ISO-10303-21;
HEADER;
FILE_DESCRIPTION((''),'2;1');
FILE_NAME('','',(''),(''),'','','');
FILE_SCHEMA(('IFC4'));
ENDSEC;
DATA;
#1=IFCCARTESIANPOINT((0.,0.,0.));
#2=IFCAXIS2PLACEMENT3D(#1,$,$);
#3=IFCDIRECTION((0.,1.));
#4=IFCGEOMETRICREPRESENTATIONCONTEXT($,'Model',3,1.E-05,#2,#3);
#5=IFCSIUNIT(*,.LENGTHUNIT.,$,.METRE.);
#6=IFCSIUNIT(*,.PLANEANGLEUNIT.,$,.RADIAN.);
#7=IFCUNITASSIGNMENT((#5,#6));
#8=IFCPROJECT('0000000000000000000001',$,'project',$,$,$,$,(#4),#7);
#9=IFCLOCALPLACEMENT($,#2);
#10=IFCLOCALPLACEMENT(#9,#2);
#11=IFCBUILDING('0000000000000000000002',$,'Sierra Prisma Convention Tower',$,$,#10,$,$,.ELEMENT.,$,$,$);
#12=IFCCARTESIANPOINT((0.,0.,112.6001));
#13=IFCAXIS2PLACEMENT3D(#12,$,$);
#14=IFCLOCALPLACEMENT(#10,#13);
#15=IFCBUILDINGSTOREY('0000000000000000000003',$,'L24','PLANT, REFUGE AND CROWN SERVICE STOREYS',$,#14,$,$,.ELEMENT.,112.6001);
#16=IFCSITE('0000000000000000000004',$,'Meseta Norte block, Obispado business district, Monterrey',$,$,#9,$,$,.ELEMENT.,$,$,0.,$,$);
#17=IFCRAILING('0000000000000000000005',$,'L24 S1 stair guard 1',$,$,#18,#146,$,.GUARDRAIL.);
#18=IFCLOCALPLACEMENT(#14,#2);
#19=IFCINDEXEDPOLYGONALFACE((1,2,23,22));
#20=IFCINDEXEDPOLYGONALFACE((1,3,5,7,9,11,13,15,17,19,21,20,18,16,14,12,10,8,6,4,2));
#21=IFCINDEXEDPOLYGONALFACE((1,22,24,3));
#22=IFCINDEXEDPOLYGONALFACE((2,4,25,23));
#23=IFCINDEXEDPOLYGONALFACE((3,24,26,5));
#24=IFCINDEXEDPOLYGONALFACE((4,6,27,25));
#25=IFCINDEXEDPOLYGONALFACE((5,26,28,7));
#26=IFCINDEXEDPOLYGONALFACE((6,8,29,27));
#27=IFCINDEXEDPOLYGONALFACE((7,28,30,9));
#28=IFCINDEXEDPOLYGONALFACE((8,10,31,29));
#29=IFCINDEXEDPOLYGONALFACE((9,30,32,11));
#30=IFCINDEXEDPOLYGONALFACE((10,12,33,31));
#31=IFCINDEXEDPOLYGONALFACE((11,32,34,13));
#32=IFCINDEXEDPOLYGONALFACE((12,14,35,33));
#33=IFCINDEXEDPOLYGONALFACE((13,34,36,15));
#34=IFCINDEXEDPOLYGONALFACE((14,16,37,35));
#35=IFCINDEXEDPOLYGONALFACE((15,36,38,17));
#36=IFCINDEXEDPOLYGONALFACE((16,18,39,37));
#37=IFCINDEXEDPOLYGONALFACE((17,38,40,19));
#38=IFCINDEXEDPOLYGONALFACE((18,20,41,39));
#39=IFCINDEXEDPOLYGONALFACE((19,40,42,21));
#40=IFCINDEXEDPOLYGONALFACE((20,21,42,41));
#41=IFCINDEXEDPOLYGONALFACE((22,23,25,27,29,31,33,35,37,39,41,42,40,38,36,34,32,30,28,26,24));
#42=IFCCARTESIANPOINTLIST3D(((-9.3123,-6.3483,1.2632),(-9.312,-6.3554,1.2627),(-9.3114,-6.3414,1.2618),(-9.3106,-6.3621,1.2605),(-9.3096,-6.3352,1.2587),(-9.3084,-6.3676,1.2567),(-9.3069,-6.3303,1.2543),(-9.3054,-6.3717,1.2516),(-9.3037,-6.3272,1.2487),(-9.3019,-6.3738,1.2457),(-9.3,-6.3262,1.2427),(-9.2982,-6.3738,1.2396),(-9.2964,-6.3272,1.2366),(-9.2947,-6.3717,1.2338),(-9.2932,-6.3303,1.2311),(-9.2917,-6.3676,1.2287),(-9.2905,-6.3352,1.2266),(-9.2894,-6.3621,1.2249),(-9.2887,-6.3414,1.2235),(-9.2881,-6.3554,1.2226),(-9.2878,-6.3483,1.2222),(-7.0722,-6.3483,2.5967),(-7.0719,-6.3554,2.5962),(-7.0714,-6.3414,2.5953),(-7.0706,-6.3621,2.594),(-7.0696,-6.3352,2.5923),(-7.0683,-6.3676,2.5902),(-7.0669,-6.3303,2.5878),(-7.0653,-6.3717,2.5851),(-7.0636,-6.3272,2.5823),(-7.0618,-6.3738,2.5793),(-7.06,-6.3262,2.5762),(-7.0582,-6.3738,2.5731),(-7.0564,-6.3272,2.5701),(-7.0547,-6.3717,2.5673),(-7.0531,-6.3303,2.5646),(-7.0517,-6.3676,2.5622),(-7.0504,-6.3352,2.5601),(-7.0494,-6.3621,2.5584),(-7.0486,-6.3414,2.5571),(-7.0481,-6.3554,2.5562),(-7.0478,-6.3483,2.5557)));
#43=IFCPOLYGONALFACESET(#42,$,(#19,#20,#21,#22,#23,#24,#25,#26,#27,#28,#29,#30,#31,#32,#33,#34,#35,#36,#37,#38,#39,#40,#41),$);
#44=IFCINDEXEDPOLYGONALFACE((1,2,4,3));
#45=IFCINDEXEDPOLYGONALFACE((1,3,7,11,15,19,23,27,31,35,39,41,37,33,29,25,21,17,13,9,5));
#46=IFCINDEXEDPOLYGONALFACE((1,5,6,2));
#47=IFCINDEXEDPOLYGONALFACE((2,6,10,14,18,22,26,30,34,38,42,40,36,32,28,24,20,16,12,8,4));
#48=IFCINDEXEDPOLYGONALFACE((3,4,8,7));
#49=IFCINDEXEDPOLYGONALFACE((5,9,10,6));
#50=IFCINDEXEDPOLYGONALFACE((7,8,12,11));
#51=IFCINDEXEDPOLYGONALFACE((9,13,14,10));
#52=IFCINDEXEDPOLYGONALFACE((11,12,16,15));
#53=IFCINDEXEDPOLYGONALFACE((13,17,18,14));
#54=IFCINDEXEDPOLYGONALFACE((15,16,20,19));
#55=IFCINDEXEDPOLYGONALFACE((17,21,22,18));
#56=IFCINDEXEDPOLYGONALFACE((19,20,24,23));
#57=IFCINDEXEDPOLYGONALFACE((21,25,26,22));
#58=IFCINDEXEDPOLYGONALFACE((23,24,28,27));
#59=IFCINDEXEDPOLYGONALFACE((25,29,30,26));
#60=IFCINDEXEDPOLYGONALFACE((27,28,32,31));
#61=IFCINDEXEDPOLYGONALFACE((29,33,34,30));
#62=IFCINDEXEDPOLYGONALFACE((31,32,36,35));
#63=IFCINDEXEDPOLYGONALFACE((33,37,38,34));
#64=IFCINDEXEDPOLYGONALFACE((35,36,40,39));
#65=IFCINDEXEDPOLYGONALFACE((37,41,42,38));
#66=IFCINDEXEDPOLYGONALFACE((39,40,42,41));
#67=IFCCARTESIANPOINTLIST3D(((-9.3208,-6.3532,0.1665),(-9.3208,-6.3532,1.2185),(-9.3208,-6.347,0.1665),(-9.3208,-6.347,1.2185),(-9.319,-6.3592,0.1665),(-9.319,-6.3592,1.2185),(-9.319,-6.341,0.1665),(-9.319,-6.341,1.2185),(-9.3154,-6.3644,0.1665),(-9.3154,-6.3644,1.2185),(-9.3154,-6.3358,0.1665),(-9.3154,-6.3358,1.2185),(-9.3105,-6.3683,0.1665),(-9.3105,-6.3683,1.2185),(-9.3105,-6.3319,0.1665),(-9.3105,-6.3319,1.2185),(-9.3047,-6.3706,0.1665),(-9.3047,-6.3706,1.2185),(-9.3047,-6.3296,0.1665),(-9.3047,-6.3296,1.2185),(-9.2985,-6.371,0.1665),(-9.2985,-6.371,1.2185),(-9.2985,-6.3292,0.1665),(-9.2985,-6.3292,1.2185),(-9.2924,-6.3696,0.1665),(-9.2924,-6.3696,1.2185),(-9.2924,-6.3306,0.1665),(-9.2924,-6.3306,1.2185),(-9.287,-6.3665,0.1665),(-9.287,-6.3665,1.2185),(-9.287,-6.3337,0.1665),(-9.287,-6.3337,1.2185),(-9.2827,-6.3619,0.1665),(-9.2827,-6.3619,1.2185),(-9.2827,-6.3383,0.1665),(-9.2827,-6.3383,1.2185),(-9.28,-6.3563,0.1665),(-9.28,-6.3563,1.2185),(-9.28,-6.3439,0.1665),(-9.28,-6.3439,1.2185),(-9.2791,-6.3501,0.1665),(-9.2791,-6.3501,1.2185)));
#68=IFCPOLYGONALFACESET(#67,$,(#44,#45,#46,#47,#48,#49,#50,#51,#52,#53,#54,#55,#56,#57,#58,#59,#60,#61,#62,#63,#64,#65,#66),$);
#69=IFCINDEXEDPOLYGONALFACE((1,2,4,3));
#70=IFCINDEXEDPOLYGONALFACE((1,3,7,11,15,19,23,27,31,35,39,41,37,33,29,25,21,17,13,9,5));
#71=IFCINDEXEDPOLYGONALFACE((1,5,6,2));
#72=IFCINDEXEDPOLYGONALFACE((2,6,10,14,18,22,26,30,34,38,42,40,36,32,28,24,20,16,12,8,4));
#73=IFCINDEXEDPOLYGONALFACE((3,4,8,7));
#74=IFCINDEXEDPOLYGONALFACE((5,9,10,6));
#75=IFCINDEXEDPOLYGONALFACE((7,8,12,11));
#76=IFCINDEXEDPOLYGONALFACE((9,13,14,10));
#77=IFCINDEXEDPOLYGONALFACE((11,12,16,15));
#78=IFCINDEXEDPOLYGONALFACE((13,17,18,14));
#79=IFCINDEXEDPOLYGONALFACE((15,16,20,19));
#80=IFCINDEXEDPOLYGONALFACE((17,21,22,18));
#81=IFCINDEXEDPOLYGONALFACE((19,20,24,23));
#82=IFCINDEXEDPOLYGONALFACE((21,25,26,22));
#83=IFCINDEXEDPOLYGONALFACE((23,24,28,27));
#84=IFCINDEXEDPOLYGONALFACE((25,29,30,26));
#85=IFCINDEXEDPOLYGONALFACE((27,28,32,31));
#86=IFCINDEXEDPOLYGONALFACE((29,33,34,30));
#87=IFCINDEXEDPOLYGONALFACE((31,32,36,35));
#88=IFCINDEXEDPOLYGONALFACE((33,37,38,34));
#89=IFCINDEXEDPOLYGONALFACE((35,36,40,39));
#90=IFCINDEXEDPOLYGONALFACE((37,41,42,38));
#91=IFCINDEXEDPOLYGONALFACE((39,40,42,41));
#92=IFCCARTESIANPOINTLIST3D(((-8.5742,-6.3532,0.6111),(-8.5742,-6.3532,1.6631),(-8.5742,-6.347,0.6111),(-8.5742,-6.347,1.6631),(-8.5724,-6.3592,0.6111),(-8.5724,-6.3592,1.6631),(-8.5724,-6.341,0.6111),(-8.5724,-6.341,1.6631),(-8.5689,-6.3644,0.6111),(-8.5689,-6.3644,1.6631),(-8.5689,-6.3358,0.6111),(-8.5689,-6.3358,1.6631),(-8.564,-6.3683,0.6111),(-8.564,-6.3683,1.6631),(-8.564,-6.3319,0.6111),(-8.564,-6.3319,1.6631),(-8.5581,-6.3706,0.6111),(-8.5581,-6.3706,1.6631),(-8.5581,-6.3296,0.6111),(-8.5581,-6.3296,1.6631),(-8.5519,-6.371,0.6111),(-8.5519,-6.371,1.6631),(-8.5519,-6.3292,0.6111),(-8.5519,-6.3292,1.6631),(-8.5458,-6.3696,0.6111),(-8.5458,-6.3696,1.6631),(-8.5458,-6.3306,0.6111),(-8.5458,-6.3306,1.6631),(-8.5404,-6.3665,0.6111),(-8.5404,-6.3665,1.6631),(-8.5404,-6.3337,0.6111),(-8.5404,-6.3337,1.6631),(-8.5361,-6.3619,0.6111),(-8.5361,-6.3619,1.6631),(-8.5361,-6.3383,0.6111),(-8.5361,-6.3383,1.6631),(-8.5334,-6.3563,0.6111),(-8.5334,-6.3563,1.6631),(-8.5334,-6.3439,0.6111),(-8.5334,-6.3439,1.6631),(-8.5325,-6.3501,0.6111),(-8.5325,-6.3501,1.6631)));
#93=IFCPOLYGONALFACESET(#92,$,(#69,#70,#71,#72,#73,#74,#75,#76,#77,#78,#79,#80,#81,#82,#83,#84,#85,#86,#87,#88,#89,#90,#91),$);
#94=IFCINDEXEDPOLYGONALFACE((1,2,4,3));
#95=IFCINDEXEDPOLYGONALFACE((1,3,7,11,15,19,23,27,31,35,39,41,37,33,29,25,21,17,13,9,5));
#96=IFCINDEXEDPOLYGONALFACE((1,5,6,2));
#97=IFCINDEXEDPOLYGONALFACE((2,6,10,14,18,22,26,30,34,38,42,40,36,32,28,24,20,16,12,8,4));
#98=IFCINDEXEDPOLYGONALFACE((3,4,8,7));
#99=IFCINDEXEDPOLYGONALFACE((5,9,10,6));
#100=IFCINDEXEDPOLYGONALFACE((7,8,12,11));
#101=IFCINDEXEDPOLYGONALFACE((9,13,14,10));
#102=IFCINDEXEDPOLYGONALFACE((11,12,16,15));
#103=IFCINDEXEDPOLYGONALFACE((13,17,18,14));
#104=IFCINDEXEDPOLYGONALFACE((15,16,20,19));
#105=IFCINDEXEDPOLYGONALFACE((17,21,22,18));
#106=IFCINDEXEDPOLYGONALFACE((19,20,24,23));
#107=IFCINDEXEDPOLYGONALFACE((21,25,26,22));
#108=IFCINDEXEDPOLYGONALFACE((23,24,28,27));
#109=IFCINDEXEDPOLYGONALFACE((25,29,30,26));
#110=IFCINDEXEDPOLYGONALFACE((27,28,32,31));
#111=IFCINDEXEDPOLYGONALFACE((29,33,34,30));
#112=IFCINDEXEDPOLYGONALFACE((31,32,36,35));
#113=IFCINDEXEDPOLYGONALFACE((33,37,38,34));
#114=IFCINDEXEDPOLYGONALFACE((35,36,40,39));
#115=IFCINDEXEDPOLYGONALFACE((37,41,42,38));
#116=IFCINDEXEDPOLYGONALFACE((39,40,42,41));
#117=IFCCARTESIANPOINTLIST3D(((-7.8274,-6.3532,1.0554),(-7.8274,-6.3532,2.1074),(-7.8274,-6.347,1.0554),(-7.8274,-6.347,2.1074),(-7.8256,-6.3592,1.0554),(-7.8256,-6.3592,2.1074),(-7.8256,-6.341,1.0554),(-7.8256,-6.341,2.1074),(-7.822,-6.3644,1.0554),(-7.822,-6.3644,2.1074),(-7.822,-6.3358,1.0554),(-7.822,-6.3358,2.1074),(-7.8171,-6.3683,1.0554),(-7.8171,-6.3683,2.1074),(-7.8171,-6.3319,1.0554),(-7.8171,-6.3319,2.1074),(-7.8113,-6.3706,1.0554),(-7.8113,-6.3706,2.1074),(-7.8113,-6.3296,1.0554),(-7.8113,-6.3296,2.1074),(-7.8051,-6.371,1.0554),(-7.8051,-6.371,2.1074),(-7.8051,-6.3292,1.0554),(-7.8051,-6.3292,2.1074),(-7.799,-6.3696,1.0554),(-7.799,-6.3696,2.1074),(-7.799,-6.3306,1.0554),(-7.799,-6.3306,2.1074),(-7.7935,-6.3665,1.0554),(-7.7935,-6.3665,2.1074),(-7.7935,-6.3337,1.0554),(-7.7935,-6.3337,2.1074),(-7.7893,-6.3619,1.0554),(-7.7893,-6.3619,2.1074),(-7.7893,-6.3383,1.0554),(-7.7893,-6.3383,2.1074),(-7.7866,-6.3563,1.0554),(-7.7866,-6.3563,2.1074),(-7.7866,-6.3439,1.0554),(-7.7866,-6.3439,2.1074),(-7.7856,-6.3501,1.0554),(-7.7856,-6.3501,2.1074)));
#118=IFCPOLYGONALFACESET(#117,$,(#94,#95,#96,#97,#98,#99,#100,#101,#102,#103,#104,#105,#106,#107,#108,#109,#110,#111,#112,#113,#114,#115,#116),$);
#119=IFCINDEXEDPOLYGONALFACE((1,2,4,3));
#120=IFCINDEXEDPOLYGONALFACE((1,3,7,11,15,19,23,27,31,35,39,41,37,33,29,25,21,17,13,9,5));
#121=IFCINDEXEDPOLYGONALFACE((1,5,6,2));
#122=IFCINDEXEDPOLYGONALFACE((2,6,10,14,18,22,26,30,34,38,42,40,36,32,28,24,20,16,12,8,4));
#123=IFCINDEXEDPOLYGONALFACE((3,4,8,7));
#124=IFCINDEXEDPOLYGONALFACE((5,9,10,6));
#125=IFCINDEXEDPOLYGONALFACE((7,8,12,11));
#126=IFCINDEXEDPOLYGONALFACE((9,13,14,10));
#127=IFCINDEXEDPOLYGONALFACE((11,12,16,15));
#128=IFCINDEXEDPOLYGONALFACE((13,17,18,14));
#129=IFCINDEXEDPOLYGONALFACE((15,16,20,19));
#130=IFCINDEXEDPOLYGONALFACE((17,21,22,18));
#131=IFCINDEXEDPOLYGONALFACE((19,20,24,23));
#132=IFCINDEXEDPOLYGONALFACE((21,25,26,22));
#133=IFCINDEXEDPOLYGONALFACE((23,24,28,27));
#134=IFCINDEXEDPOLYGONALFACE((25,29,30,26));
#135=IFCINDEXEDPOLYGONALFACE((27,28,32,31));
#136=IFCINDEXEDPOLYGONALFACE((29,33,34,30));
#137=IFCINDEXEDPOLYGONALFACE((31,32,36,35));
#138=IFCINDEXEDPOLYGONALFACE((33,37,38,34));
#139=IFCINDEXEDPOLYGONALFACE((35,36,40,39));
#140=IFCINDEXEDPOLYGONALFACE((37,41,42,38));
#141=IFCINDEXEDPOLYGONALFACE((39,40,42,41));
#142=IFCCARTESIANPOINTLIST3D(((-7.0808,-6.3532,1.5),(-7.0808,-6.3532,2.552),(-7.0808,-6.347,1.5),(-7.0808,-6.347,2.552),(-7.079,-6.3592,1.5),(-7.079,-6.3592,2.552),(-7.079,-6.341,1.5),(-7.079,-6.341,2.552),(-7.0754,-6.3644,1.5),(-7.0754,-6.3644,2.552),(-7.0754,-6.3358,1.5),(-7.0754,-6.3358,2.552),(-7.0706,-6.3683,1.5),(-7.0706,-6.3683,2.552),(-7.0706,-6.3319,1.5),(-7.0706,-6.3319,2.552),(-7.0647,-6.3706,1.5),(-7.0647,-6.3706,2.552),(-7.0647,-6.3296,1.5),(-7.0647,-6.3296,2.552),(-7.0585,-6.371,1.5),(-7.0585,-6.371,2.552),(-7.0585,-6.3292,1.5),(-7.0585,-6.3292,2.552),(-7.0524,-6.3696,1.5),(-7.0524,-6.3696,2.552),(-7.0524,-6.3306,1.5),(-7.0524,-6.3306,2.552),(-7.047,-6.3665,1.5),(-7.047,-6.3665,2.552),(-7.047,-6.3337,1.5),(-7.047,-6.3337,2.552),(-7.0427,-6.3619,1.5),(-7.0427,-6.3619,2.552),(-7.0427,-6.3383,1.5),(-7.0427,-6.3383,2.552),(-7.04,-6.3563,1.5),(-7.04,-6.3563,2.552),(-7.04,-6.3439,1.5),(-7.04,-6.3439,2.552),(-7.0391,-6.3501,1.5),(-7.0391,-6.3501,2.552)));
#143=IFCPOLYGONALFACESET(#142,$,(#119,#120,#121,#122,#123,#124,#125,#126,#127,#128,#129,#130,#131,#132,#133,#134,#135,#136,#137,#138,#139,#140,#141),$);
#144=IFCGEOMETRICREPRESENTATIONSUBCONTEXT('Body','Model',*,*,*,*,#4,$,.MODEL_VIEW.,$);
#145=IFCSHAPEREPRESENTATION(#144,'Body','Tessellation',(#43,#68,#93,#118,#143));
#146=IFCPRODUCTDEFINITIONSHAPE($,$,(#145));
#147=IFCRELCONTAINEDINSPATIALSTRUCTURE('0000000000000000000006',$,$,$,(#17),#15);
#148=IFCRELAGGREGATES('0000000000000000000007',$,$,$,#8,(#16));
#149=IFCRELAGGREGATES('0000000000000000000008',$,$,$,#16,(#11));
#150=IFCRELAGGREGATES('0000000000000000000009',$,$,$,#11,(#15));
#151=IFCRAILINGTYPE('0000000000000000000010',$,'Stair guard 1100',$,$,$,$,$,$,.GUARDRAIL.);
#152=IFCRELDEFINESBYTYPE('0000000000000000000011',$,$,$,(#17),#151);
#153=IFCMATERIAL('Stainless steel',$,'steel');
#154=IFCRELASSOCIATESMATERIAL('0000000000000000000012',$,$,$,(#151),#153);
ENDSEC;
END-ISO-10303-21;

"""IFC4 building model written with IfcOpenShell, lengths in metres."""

from ifc_helpers import new_model, si_unit, direction, frame, origin, origin_2d, place, context, subcontext, project, spatial, circle, extrude, material, type_object, element, save


model = new_model("IFC4")

# Units and contexts
model_context = context("Model", 3, precision=1e-05, world=origin(), true_north=direction((0.0, 1.0)))
body_context = subcontext(model_context, "Body", "Model", "MODEL_VIEW")
ifc_project = project(units=[si_unit("LENGTHUNIT", "METRE"), si_unit("PLANEANGLEUNIT", "RADIAN")], contexts=[model_context])

# Site, building, storey
site_placement = place(None, origin())
site = spatial("IfcSite", under=ifc_project, at=site_placement, Name="Meseta Norte block, Obispado business district, Monterrey", CompositionType="ELEMENT", RefElevation=0.0)
building_placement = place(site_placement, origin())
building = spatial("IfcBuilding", under=site, at=building_placement, Name="Sierra Prisma Convention Tower", CompositionType="ELEMENT")
storey_placement = place(building_placement, frame((0.0, 0.0, 112.6001)))
storey = spatial("IfcBuildingStorey", under=building, at=storey_placement, Name="L24", Description="PLANT, REFUGE AND CROWN SERVICE STOREYS", CompositionType="ELEMENT", Elevation=112.6001)

# Railing
ifc_material_1 = material(Name="Stainless steel", Category="steel")
railing_type_1 = type_object("IfcRailingType", Name="Stair guard 1100", PredefinedType="GUARDRAIL", material=ifc_material_1)
railing_1_placement = place(storey_placement, frame((-9.3, -6.3501, 0.1665)))
element("IfcRailing", 1, at=railing_1_placement, inside=storey, type_object=railing_type_1, Name="L24 S1 stair guard 1", PredefinedType="GUARDRAIL", context=body_context, shape_type="SweptSolid", body=[
    extrude(circle(Radius=0.0239, at=origin_2d()), frame((0.0, 0.0, 1.0762), z_axis=(0.859264, 0.0, 0.511532), x_axis=(0.0, 1.0, 0.0)), (0.0, 0.0, 1.0), 2.6069),
    extrude(circle(Radius=0.021, at=origin_2d()), origin(), (0.0, 0.0, 1.0), 1.052),
    extrude(circle(Radius=0.021, at=origin_2d()), frame((0.7466, 0.0, 0.4446)), (0.0, 0.0, 1.0), 1.052),
    extrude(circle(Radius=0.021, at=origin_2d()), frame((1.4934, 0.0, 0.8889)), (0.0, 0.0, 1.0), 1.052),
    extrude(circle(Radius=0.021, at=origin_2d()), frame((2.24, 0.0, 1.3335)), (0.0, 0.0, 1.0), 1.052),
])

save(model, "model.ifc")
